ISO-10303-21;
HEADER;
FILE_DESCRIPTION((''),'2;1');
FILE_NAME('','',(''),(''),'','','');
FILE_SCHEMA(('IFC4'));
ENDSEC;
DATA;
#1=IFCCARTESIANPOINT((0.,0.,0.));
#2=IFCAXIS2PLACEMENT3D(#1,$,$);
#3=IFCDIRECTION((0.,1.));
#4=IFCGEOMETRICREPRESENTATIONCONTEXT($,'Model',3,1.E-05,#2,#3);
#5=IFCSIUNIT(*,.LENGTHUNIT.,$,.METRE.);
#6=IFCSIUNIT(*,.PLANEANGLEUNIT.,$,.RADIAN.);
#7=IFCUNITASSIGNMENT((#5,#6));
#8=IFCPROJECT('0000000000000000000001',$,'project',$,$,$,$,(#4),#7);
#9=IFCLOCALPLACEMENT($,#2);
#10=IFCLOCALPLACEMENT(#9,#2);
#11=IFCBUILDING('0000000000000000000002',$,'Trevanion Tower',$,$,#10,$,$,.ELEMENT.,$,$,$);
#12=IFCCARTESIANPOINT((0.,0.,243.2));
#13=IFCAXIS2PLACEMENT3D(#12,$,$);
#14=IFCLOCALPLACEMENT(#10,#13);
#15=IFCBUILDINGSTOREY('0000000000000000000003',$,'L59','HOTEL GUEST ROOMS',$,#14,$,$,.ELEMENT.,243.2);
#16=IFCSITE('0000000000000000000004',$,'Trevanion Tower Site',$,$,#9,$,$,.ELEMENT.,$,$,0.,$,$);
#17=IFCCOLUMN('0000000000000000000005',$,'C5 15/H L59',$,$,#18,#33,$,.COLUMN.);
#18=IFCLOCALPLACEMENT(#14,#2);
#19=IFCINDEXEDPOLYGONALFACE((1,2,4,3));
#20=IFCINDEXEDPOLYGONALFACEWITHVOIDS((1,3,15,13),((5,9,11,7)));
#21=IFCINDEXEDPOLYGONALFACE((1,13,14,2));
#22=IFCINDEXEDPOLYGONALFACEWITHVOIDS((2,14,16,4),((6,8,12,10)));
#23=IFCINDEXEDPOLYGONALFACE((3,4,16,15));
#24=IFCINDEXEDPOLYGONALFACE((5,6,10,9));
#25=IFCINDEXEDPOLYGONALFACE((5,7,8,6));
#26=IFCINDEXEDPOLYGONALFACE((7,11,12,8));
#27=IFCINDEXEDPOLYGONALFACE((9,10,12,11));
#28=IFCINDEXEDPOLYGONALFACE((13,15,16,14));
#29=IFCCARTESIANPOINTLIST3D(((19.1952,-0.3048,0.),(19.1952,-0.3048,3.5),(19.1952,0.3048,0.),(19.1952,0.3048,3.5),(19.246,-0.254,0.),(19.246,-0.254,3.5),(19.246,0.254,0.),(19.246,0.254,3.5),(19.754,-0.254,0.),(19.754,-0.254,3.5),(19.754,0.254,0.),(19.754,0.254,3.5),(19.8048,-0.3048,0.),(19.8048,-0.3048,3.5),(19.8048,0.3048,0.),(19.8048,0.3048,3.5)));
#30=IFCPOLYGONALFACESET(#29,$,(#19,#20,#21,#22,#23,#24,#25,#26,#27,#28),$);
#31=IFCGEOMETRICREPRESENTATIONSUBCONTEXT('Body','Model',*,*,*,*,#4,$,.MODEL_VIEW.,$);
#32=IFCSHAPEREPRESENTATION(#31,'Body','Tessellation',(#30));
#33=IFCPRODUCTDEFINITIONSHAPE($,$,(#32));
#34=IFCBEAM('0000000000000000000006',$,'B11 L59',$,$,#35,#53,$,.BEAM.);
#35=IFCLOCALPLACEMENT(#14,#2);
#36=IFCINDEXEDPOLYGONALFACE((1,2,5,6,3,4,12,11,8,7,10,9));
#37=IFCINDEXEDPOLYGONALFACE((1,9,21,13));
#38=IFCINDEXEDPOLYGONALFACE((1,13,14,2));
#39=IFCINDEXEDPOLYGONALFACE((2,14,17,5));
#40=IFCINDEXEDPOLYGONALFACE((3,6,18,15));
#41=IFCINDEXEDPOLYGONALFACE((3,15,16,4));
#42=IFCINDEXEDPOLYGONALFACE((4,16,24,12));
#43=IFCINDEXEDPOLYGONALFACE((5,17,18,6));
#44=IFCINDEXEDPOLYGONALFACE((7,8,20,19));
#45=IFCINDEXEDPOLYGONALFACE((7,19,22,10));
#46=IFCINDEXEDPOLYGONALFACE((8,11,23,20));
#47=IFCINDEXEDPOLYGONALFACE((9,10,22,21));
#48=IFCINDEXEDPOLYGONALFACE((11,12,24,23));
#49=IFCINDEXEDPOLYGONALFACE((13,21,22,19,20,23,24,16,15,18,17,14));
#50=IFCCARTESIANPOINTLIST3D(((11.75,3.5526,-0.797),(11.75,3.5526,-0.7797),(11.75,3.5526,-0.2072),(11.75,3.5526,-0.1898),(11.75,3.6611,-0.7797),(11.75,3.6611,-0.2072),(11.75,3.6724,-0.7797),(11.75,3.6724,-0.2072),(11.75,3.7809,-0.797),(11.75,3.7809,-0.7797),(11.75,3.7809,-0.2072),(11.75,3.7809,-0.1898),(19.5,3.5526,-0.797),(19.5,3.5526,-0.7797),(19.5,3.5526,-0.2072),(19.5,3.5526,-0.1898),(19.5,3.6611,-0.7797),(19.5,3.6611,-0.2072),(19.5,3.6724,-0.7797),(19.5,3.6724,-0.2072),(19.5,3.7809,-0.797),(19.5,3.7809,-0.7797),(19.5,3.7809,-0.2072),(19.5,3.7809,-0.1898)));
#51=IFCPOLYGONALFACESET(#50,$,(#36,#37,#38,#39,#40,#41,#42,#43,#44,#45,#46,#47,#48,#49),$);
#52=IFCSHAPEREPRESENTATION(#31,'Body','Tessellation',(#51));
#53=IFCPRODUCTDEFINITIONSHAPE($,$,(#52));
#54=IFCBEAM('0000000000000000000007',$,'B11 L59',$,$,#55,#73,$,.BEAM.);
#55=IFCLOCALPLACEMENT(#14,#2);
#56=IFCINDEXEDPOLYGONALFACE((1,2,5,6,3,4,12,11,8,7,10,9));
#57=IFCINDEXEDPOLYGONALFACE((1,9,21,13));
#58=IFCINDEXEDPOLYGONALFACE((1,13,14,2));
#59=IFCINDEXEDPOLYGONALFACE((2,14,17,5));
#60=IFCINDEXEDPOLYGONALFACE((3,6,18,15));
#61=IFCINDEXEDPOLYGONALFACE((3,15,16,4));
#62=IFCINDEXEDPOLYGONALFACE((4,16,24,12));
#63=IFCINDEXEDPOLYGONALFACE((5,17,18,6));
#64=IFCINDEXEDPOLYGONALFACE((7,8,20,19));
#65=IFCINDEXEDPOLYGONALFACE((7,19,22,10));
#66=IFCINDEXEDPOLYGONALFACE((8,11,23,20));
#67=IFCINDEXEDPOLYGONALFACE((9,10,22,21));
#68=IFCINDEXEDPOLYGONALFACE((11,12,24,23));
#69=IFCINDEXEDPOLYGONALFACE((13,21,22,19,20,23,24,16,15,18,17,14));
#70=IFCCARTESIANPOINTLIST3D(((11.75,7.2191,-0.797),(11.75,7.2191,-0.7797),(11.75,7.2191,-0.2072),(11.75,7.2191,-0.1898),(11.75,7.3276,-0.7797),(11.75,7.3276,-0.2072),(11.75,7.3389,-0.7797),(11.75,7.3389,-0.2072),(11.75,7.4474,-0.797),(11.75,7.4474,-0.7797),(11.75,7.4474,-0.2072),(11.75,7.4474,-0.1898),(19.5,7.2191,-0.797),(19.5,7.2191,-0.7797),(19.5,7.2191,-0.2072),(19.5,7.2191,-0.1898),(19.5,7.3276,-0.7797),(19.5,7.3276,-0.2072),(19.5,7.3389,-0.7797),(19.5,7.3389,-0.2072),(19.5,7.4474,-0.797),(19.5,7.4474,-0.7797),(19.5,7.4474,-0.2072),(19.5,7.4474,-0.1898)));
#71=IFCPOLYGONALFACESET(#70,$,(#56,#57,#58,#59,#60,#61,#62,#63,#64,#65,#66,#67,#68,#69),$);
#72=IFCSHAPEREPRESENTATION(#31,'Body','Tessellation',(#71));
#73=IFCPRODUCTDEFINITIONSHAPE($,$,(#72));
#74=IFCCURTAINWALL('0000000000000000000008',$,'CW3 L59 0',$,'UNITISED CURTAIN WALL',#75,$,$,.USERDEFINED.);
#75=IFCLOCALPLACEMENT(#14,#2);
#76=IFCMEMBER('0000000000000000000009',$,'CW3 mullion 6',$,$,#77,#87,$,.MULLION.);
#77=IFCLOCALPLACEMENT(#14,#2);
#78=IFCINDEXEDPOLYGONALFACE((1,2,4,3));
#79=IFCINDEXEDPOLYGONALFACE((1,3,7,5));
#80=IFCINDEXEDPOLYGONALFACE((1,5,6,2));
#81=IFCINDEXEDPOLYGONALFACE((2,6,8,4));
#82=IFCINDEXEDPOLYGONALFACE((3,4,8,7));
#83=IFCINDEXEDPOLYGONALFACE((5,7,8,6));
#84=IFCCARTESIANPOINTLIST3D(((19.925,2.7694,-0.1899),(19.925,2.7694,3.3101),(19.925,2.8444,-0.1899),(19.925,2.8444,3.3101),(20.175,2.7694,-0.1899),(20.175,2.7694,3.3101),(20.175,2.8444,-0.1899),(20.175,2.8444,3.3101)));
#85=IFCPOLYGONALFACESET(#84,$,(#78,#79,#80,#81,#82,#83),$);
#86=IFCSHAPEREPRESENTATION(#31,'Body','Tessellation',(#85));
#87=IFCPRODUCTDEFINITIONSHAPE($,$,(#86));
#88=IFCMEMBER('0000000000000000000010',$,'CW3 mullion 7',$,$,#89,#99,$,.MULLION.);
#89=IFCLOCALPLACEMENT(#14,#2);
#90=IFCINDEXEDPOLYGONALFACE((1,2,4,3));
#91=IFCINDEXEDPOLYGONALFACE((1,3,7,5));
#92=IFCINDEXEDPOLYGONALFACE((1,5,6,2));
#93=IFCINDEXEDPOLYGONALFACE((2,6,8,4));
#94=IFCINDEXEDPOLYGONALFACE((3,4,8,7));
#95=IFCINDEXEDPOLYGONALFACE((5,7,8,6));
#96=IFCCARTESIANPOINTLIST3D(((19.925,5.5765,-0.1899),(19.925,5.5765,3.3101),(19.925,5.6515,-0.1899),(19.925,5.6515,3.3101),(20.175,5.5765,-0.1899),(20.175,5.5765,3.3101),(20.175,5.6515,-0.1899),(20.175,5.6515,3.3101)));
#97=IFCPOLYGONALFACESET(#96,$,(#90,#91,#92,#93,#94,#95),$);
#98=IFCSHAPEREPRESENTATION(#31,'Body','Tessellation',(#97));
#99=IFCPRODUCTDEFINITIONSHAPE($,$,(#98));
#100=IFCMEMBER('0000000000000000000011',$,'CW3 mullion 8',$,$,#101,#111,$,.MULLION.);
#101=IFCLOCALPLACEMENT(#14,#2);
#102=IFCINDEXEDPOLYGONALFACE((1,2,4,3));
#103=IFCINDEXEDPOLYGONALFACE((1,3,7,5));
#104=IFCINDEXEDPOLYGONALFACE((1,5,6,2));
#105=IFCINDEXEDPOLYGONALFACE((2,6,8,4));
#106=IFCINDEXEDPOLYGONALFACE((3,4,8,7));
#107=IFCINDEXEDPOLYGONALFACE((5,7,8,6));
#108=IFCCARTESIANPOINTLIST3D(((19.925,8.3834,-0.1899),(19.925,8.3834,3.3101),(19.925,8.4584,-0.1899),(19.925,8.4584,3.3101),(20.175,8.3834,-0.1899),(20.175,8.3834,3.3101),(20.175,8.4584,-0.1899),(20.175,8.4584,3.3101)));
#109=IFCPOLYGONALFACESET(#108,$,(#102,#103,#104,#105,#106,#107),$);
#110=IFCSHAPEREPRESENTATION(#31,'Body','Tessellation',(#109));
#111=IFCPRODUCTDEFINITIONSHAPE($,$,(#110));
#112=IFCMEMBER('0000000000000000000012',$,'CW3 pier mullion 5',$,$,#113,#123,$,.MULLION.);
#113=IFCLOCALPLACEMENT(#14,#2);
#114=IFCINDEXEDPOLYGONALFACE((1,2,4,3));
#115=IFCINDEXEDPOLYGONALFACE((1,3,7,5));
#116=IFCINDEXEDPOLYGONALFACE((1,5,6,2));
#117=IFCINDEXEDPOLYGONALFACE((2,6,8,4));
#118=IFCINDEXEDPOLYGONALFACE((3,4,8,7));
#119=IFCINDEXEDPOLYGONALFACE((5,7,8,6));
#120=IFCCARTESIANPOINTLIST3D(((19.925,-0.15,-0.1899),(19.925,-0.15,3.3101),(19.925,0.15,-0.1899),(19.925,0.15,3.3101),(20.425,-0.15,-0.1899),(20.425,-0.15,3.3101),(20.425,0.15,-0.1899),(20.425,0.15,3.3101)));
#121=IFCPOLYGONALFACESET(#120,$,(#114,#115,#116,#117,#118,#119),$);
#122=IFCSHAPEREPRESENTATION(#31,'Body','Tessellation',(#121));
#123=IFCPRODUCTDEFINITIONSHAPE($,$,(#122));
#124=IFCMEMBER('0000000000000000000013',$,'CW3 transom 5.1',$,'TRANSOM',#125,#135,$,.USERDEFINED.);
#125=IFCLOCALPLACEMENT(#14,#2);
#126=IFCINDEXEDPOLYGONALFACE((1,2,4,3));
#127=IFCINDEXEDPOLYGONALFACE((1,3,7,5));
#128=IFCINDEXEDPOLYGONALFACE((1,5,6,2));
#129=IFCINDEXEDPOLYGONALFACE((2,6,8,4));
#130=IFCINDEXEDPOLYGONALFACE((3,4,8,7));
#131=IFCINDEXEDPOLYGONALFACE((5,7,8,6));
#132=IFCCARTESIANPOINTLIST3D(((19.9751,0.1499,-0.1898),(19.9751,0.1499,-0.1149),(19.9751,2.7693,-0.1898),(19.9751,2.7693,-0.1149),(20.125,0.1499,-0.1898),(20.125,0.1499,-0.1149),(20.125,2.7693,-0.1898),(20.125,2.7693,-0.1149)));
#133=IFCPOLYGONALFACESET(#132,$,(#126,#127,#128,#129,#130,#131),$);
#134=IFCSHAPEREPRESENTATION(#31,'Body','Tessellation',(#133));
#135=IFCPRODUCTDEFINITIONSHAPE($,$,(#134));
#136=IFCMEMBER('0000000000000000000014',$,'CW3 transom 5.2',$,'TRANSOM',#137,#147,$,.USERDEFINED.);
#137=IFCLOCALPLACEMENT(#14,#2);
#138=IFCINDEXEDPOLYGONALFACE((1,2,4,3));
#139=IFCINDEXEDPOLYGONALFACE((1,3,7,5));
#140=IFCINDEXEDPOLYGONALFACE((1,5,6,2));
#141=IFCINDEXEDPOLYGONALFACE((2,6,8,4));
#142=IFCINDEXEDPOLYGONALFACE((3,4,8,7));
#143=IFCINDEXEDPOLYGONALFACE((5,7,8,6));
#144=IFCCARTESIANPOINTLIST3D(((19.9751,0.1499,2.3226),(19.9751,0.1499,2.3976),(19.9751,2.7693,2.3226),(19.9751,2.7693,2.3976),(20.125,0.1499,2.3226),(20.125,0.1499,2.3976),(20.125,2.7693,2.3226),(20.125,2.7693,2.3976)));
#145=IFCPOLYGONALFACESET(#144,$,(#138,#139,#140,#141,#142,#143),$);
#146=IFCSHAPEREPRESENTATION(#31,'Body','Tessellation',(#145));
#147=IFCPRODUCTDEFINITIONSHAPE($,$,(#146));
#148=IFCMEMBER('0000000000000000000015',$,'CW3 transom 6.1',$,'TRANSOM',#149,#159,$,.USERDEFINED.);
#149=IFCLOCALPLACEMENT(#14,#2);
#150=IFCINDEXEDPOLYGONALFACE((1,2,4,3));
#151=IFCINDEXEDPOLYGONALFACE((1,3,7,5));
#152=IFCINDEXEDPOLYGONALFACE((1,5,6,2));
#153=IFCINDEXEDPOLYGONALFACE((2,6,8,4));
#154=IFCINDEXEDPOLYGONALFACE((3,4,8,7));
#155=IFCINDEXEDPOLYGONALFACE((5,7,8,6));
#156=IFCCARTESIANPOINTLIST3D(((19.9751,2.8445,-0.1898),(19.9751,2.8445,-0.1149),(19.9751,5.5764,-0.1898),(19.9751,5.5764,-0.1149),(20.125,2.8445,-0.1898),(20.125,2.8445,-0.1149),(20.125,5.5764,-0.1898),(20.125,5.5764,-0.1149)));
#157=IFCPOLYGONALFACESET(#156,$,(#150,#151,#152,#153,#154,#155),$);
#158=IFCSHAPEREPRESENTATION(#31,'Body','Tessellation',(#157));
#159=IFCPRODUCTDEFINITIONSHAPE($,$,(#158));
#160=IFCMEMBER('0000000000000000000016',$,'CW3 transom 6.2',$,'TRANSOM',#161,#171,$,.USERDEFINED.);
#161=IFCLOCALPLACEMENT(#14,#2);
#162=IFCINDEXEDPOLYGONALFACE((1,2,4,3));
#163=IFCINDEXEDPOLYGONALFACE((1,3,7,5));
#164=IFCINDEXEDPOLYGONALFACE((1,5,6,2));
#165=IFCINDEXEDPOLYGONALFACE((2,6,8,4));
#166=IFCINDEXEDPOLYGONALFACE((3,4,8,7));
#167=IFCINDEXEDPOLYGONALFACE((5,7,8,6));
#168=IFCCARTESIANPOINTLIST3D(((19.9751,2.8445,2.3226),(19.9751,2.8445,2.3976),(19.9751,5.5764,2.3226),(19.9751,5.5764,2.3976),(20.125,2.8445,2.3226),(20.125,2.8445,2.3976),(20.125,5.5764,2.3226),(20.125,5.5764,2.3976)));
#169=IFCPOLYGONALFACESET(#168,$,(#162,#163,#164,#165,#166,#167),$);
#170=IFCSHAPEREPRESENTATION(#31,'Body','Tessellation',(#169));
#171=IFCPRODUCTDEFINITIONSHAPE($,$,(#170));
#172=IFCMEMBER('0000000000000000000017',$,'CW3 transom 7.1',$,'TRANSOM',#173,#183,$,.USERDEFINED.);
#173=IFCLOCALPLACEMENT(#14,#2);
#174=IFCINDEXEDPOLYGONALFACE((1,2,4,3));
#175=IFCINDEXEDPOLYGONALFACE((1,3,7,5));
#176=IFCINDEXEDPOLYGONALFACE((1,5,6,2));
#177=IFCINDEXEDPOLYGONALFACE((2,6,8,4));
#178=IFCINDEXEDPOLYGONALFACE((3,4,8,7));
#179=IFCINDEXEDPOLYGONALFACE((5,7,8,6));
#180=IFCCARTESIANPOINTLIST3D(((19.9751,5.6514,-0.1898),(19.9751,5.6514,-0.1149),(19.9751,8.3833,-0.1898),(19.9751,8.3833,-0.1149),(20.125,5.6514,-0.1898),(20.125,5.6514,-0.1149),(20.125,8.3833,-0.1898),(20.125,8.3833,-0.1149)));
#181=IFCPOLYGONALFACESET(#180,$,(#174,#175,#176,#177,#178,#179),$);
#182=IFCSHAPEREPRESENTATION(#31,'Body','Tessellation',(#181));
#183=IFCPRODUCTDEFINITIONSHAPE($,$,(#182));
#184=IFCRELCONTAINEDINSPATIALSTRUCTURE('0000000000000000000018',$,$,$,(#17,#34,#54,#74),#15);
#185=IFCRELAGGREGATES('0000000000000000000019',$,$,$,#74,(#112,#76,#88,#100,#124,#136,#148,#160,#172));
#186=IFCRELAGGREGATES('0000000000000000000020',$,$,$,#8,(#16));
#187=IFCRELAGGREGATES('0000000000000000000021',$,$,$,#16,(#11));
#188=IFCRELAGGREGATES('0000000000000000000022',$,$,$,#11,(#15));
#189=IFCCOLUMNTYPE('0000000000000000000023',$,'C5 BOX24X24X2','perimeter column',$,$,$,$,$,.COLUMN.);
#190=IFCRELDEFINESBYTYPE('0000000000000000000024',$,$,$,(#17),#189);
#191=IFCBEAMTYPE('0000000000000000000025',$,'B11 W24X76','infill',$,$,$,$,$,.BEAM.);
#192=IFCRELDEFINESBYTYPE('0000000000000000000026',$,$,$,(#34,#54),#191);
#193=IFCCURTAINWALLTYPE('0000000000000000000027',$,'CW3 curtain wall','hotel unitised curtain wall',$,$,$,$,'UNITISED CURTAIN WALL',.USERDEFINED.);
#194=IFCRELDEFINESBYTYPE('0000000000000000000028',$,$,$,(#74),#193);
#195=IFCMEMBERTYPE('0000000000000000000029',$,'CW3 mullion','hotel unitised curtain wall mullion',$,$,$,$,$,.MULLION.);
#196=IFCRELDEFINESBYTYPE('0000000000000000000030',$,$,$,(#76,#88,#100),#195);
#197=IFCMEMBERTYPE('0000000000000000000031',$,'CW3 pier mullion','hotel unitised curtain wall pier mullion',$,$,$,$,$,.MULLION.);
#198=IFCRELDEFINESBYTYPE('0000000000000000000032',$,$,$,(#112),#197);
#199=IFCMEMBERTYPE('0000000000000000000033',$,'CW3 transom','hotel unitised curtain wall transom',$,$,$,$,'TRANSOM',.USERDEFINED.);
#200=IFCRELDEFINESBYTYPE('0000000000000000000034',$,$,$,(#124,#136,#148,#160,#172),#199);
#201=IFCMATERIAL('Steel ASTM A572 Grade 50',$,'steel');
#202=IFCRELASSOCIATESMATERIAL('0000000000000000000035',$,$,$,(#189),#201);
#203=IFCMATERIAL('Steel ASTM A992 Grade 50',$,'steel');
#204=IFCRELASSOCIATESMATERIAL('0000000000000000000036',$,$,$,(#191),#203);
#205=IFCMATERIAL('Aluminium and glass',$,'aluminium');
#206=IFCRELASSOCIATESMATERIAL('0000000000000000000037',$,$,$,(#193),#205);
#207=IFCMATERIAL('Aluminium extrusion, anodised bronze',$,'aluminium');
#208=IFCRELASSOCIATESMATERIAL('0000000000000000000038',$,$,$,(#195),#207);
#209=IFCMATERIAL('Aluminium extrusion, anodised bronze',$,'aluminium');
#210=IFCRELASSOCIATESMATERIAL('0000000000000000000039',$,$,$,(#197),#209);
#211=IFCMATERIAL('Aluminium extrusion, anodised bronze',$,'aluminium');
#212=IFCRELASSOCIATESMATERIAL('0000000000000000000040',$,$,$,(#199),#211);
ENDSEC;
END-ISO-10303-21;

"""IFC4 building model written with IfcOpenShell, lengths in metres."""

from ifc_helpers import new_model, si_unit, direction, frame, origin, origin_2d, place, context, subcontext, project, spatial, rectangle, hollow_rectangle, i_section, extrude, material, material_profile, profile_set, type_object, element, aggregate, save


model = new_model("IFC4")

# Units and contexts
model_context = context("Model", 3, precision=1e-05, world=origin(), true_north=direction((0.0, 1.0)))
body_context = subcontext(model_context, "Body", "Model", "MODEL_VIEW")
ifc_project = project(units=[si_unit("LENGTHUNIT", "METRE"), si_unit("PLANEANGLEUNIT", "RADIAN")], contexts=[model_context])

# Site, building, storey
site_placement = place(None, origin())
site = spatial("IfcSite", under=ifc_project, at=site_placement, Name="Trevanion Tower Site", CompositionType="ELEMENT", RefElevation=0.0)
building_placement = place(site_placement, origin())
building = spatial("IfcBuilding", under=site, at=building_placement, Name="Trevanion Tower", CompositionType="ELEMENT")
storey_placement = place(building_placement, frame((0.0, 0.0, 243.2)))
storey = spatial("IfcBuildingStorey", under=building, at=storey_placement, Name="L59", Description="HOTEL GUEST ROOMS", CompositionType="ELEMENT", Elevation=243.2)

# Column
ifc_material_1 = material(Name="Steel ASTM A572 Grade 50", Category="steel")
ifc_material_profile_1 = material_profile(ifc_material_1, hollow_rectangle(XDim=0.6096, YDim=0.6096, WallThickness=0.0508, at=origin_2d()), Name="BOX24X24X2")
ifc_profile_set_1 = profile_set([ifc_material_profile_1], Name="Steel ASTM A572 Grade 50")
column_type = type_object("IfcColumnType", Name="C5 BOX24X24X2", Description="perimeter column", PredefinedType="COLUMN", material=ifc_profile_set_1)
column_placement = place(storey_placement, frame((19.5, 0.0, 0.0), z_axis=(0.0, 0.0, 1.0), x_axis=(0.0, 1.0, 0.0)))
element("IfcColumn", 1, at=column_placement, inside=storey, type_object=column_type, Name="C5 15/H L59", PredefinedType="COLUMN", context=body_context, shape_type="SweptSolid", body=[
    extrude(hollow_rectangle(XDim=0.6096, YDim=0.6096, WallThickness=0.0508, at=origin_2d()), origin(), (0.0, 0.0, 1.0), 3.5),
])

# Beams
ifc_material_2 = material(Name="Steel ASTM A992 Grade 50", Category="steel")
ifc_material_profile_2 = material_profile(ifc_material_2, i_section(OverallWidth=0.2283, OverallDepth=0.6072, WebThickness=0.0112, FlangeThickness=0.0173, at=origin_2d()), Name="W24X76")
ifc_profile_set_2 = profile_set([ifc_material_profile_2], Name="Steel ASTM A992 Grade 50")
beam_type_1 = type_object("IfcBeamType", Name="B11 W24X76", Description="infill", PredefinedType="BEAM", material=ifc_profile_set_2)
for number, where, z_axis, x_axis, name in (
    (2, (11.75, 3.6667, -0.4934), (1.0, 0.0, 0.0), (0.0, 1.0, 0.0), "B11 L59"),
    (3, (11.75, 7.3333, -0.4934), (1.0, 0.0, 0.0), (0.0, 1.0, 0.0), "B11 L59"),
):
    element("IfcBeam", number, at=place(storey_placement, frame(where, z_axis=z_axis, x_axis=x_axis)), inside=storey, type_object=beam_type_1, Name=name, PredefinedType="BEAM", context=body_context, shape_type="SweptSolid", body=[
        extrude(i_section(OverallWidth=0.2283, OverallDepth=0.6072, WebThickness=0.0112, FlangeThickness=0.0173, at=origin_2d()), origin(), (0.0, 0.0, 1.0), 7.75),
    ])

# Curtain wall, members
ifc_material_3 = material(Name="Aluminium and glass", Category="aluminium")
curtain_wall_type = type_object("IfcCurtainWallType", Name="CW3 curtain wall", Description="hotel unitised curtain wall", ElementType="UNITISED CURTAIN WALL", PredefinedType="USERDEFINED", material=ifc_material_3)
curtain_wall_placement = place(storey_placement, origin())
curtain_wall = element("IfcCurtainWall", 4, at=curtain_wall_placement, inside=storey, type_object=curtain_wall_type, Name="CW3 L59 0", ObjectType="UNITISED CURTAIN WALL", PredefinedType="USERDEFINED")
ifc_material_4 = material(Name="Aluminium extrusion, anodised bronze", Category="aluminium")
ifc_material_profile_3 = material_profile(ifc_material_4, rectangle(XDim=0.075, YDim=0.25, at=origin_2d()), Name="CW3 mullion")
ifc_profile_set_3 = profile_set([ifc_material_profile_3], Name="Aluminium extrusion, anodised bronze")
member_type_1 = type_object("IfcMemberType", Name="CW3 mullion", Description="hotel unitised curtain wall mullion", PredefinedType="MULLION", material=ifc_profile_set_3)
member_1_placement = place(storey_placement, frame((20.05, 2.8069, -0.1899), z_axis=(0.0, 0.0, 1.0), x_axis=(0.0, 1.0, 0.0)))
member_1 = element("IfcMember", 5, at=member_1_placement, type_object=member_type_1, Name="CW3 mullion 6", PredefinedType="MULLION", context=body_context, shape_type="SweptSolid", body=[
    extrude(rectangle(XDim=0.075, YDim=0.25, at=origin_2d()), origin(), (0.0, 0.0, 1.0), 3.5),
])
member_2_placement = place(storey_placement, frame((20.05, 5.614, -0.1899), z_axis=(0.0, 0.0, 1.0), x_axis=(0.0, 1.0, 0.0)))
member_2 = element("IfcMember", 6, at=member_2_placement, type_object=member_type_1, Name="CW3 mullion 7", PredefinedType="MULLION", context=body_context, shape_type="SweptSolid", body=[
    extrude(rectangle(XDim=0.075, YDim=0.25, at=origin_2d()), origin(), (0.0, 0.0, 1.0), 3.5),
])
member_3_placement = place(storey_placement, frame((20.05, 8.4209, -0.1899), z_axis=(0.0, 0.0, 1.0), x_axis=(0.0, 1.0, 0.0)))
member_3 = element("IfcMember", 7, at=member_3_placement, type_object=member_type_1, Name="CW3 mullion 8", PredefinedType="MULLION", context=body_context, shape_type="SweptSolid", body=[
    extrude(rectangle(XDim=0.075, YDim=0.25, at=origin_2d()), origin(), (0.0, 0.0, 1.0), 3.5),
])
ifc_material_5 = material(Name="Aluminium extrusion, anodised bronze", Category="aluminium")
ifc_material_profile_4 = material_profile(ifc_material_5, rectangle(XDim=0.3, YDim=0.5, at=origin_2d()), Name="CW3 pier mullion")
ifc_profile_set_4 = profile_set([ifc_material_profile_4], Name="Aluminium extrusion, anodised bronze")
member_type_2 = type_object("IfcMemberType", Name="CW3 pier mullion", Description="hotel unitised curtain wall pier mullion", PredefinedType="MULLION", material=ifc_profile_set_4)
member_4_placement = place(storey_placement, frame((20.175, 0.0, -0.1899), z_axis=(0.0, 0.0, 1.0), x_axis=(0.0, 1.0, 0.0)))
member_4 = element("IfcMember", 8, at=member_4_placement, type_object=member_type_2, Name="CW3 pier mullion 5", PredefinedType="MULLION", context=body_context, shape_type="SweptSolid", body=[
    extrude(rectangle(XDim=0.3, YDim=0.5, at=origin_2d()), origin(), (0.0, 0.0, 1.0), 3.5),
])
ifc_material_6 = material(Name="Aluminium extrusion, anodised bronze", Category="aluminium")
ifc_material_profile_5 = material_profile(ifc_material_6, rectangle(XDim=0.1499, YDim=0.075, at=origin_2d()), Name="CW3 transom")
ifc_profile_set_5 = profile_set([ifc_material_profile_5], Name="Aluminium extrusion, anodised bronze")
member_type_3 = type_object("IfcMemberType", Name="CW3 transom", Description="hotel unitised curtain wall transom", ElementType="TRANSOM", PredefinedType="USERDEFINED", material=ifc_profile_set_5)
member_5_placement = place(storey_placement, frame((20.05, 0.1499, -0.1523), z_axis=(0.0, 1.0, 0.0), x_axis=(-1.0, 0.0, 0.0)))
member_5 = element("IfcMember", 9, at=member_5_placement, type_object=member_type_3, Name="CW3 transom 5.1", ObjectType="TRANSOM", PredefinedType="USERDEFINED", context=body_context, shape_type="SweptSolid", body=[
    extrude(rectangle(XDim=0.1499, YDim=0.075, at=origin_2d()), origin(), (0.0, 0.0, 1.0), 2.6194),
])
member_6_placement = place(storey_placement, frame((20.05, 0.1499, 2.3601), z_axis=(0.0, 1.0, 0.0), x_axis=(-1.0, 0.0, 0.0)))
member_6 = element("IfcMember", 10, at=member_6_placement, type_object=member_type_3, Name="CW3 transom 5.2", ObjectType="TRANSOM", PredefinedType="USERDEFINED", context=body_context, shape_type="SweptSolid", body=[
    extrude(rectangle(XDim=0.1499, YDim=0.075, at=origin_2d()), origin(), (0.0, 0.0, 1.0), 2.6194),
])
member_7_placement = place(storey_placement, frame((20.05, 2.8445, -0.1523), z_axis=(0.0, 1.0, 0.0), x_axis=(-1.0, 0.0, 0.0)))
member_7 = element("IfcMember", 11, at=member_7_placement, type_object=member_type_3, Name="CW3 transom 6.1", ObjectType="TRANSOM", PredefinedType="USERDEFINED", context=body_context, shape_type="SweptSolid", body=[
    extrude(rectangle(XDim=0.1499, YDim=0.075, at=origin_2d()), origin(), (0.0, 0.0, 1.0), 2.7319),
])
member_8_placement = place(storey_placement, frame((20.05, 2.8445, 2.3601), z_axis=(0.0, 1.0, 0.0), x_axis=(-1.0, 0.0, 0.0)))
member_8 = element("IfcMember", 12, at=member_8_placement, type_object=member_type_3, Name="CW3 transom 6.2", ObjectType="TRANSOM", PredefinedType="USERDEFINED", context=body_context, shape_type="SweptSolid", body=[
    extrude(rectangle(XDim=0.1499, YDim=0.075, at=origin_2d()), origin(), (0.0, 0.0, 1.0), 2.7319),
])
member_9_placement = place(storey_placement, frame((20.05, 5.6514, -0.1523), z_axis=(0.0, 1.0, 0.0), x_axis=(-1.0, 0.0, 0.0)))
member_9 = element("IfcMember", 13, at=member_9_placement, type_object=member_type_3, Name="CW3 transom 7.1", ObjectType="TRANSOM", PredefinedType="USERDEFINED", context=body_context, shape_type="SweptSolid", body=[
    extrude(rectangle(XDim=0.1499, YDim=0.075, at=origin_2d()), origin(), (0.0, 0.0, 1.0), 2.7319),
])

aggregate(curtain_wall, [member_4, member_1, member_2, member_3, member_5, member_6, member_7, member_8, member_9])

save(model, "model.ifc")
